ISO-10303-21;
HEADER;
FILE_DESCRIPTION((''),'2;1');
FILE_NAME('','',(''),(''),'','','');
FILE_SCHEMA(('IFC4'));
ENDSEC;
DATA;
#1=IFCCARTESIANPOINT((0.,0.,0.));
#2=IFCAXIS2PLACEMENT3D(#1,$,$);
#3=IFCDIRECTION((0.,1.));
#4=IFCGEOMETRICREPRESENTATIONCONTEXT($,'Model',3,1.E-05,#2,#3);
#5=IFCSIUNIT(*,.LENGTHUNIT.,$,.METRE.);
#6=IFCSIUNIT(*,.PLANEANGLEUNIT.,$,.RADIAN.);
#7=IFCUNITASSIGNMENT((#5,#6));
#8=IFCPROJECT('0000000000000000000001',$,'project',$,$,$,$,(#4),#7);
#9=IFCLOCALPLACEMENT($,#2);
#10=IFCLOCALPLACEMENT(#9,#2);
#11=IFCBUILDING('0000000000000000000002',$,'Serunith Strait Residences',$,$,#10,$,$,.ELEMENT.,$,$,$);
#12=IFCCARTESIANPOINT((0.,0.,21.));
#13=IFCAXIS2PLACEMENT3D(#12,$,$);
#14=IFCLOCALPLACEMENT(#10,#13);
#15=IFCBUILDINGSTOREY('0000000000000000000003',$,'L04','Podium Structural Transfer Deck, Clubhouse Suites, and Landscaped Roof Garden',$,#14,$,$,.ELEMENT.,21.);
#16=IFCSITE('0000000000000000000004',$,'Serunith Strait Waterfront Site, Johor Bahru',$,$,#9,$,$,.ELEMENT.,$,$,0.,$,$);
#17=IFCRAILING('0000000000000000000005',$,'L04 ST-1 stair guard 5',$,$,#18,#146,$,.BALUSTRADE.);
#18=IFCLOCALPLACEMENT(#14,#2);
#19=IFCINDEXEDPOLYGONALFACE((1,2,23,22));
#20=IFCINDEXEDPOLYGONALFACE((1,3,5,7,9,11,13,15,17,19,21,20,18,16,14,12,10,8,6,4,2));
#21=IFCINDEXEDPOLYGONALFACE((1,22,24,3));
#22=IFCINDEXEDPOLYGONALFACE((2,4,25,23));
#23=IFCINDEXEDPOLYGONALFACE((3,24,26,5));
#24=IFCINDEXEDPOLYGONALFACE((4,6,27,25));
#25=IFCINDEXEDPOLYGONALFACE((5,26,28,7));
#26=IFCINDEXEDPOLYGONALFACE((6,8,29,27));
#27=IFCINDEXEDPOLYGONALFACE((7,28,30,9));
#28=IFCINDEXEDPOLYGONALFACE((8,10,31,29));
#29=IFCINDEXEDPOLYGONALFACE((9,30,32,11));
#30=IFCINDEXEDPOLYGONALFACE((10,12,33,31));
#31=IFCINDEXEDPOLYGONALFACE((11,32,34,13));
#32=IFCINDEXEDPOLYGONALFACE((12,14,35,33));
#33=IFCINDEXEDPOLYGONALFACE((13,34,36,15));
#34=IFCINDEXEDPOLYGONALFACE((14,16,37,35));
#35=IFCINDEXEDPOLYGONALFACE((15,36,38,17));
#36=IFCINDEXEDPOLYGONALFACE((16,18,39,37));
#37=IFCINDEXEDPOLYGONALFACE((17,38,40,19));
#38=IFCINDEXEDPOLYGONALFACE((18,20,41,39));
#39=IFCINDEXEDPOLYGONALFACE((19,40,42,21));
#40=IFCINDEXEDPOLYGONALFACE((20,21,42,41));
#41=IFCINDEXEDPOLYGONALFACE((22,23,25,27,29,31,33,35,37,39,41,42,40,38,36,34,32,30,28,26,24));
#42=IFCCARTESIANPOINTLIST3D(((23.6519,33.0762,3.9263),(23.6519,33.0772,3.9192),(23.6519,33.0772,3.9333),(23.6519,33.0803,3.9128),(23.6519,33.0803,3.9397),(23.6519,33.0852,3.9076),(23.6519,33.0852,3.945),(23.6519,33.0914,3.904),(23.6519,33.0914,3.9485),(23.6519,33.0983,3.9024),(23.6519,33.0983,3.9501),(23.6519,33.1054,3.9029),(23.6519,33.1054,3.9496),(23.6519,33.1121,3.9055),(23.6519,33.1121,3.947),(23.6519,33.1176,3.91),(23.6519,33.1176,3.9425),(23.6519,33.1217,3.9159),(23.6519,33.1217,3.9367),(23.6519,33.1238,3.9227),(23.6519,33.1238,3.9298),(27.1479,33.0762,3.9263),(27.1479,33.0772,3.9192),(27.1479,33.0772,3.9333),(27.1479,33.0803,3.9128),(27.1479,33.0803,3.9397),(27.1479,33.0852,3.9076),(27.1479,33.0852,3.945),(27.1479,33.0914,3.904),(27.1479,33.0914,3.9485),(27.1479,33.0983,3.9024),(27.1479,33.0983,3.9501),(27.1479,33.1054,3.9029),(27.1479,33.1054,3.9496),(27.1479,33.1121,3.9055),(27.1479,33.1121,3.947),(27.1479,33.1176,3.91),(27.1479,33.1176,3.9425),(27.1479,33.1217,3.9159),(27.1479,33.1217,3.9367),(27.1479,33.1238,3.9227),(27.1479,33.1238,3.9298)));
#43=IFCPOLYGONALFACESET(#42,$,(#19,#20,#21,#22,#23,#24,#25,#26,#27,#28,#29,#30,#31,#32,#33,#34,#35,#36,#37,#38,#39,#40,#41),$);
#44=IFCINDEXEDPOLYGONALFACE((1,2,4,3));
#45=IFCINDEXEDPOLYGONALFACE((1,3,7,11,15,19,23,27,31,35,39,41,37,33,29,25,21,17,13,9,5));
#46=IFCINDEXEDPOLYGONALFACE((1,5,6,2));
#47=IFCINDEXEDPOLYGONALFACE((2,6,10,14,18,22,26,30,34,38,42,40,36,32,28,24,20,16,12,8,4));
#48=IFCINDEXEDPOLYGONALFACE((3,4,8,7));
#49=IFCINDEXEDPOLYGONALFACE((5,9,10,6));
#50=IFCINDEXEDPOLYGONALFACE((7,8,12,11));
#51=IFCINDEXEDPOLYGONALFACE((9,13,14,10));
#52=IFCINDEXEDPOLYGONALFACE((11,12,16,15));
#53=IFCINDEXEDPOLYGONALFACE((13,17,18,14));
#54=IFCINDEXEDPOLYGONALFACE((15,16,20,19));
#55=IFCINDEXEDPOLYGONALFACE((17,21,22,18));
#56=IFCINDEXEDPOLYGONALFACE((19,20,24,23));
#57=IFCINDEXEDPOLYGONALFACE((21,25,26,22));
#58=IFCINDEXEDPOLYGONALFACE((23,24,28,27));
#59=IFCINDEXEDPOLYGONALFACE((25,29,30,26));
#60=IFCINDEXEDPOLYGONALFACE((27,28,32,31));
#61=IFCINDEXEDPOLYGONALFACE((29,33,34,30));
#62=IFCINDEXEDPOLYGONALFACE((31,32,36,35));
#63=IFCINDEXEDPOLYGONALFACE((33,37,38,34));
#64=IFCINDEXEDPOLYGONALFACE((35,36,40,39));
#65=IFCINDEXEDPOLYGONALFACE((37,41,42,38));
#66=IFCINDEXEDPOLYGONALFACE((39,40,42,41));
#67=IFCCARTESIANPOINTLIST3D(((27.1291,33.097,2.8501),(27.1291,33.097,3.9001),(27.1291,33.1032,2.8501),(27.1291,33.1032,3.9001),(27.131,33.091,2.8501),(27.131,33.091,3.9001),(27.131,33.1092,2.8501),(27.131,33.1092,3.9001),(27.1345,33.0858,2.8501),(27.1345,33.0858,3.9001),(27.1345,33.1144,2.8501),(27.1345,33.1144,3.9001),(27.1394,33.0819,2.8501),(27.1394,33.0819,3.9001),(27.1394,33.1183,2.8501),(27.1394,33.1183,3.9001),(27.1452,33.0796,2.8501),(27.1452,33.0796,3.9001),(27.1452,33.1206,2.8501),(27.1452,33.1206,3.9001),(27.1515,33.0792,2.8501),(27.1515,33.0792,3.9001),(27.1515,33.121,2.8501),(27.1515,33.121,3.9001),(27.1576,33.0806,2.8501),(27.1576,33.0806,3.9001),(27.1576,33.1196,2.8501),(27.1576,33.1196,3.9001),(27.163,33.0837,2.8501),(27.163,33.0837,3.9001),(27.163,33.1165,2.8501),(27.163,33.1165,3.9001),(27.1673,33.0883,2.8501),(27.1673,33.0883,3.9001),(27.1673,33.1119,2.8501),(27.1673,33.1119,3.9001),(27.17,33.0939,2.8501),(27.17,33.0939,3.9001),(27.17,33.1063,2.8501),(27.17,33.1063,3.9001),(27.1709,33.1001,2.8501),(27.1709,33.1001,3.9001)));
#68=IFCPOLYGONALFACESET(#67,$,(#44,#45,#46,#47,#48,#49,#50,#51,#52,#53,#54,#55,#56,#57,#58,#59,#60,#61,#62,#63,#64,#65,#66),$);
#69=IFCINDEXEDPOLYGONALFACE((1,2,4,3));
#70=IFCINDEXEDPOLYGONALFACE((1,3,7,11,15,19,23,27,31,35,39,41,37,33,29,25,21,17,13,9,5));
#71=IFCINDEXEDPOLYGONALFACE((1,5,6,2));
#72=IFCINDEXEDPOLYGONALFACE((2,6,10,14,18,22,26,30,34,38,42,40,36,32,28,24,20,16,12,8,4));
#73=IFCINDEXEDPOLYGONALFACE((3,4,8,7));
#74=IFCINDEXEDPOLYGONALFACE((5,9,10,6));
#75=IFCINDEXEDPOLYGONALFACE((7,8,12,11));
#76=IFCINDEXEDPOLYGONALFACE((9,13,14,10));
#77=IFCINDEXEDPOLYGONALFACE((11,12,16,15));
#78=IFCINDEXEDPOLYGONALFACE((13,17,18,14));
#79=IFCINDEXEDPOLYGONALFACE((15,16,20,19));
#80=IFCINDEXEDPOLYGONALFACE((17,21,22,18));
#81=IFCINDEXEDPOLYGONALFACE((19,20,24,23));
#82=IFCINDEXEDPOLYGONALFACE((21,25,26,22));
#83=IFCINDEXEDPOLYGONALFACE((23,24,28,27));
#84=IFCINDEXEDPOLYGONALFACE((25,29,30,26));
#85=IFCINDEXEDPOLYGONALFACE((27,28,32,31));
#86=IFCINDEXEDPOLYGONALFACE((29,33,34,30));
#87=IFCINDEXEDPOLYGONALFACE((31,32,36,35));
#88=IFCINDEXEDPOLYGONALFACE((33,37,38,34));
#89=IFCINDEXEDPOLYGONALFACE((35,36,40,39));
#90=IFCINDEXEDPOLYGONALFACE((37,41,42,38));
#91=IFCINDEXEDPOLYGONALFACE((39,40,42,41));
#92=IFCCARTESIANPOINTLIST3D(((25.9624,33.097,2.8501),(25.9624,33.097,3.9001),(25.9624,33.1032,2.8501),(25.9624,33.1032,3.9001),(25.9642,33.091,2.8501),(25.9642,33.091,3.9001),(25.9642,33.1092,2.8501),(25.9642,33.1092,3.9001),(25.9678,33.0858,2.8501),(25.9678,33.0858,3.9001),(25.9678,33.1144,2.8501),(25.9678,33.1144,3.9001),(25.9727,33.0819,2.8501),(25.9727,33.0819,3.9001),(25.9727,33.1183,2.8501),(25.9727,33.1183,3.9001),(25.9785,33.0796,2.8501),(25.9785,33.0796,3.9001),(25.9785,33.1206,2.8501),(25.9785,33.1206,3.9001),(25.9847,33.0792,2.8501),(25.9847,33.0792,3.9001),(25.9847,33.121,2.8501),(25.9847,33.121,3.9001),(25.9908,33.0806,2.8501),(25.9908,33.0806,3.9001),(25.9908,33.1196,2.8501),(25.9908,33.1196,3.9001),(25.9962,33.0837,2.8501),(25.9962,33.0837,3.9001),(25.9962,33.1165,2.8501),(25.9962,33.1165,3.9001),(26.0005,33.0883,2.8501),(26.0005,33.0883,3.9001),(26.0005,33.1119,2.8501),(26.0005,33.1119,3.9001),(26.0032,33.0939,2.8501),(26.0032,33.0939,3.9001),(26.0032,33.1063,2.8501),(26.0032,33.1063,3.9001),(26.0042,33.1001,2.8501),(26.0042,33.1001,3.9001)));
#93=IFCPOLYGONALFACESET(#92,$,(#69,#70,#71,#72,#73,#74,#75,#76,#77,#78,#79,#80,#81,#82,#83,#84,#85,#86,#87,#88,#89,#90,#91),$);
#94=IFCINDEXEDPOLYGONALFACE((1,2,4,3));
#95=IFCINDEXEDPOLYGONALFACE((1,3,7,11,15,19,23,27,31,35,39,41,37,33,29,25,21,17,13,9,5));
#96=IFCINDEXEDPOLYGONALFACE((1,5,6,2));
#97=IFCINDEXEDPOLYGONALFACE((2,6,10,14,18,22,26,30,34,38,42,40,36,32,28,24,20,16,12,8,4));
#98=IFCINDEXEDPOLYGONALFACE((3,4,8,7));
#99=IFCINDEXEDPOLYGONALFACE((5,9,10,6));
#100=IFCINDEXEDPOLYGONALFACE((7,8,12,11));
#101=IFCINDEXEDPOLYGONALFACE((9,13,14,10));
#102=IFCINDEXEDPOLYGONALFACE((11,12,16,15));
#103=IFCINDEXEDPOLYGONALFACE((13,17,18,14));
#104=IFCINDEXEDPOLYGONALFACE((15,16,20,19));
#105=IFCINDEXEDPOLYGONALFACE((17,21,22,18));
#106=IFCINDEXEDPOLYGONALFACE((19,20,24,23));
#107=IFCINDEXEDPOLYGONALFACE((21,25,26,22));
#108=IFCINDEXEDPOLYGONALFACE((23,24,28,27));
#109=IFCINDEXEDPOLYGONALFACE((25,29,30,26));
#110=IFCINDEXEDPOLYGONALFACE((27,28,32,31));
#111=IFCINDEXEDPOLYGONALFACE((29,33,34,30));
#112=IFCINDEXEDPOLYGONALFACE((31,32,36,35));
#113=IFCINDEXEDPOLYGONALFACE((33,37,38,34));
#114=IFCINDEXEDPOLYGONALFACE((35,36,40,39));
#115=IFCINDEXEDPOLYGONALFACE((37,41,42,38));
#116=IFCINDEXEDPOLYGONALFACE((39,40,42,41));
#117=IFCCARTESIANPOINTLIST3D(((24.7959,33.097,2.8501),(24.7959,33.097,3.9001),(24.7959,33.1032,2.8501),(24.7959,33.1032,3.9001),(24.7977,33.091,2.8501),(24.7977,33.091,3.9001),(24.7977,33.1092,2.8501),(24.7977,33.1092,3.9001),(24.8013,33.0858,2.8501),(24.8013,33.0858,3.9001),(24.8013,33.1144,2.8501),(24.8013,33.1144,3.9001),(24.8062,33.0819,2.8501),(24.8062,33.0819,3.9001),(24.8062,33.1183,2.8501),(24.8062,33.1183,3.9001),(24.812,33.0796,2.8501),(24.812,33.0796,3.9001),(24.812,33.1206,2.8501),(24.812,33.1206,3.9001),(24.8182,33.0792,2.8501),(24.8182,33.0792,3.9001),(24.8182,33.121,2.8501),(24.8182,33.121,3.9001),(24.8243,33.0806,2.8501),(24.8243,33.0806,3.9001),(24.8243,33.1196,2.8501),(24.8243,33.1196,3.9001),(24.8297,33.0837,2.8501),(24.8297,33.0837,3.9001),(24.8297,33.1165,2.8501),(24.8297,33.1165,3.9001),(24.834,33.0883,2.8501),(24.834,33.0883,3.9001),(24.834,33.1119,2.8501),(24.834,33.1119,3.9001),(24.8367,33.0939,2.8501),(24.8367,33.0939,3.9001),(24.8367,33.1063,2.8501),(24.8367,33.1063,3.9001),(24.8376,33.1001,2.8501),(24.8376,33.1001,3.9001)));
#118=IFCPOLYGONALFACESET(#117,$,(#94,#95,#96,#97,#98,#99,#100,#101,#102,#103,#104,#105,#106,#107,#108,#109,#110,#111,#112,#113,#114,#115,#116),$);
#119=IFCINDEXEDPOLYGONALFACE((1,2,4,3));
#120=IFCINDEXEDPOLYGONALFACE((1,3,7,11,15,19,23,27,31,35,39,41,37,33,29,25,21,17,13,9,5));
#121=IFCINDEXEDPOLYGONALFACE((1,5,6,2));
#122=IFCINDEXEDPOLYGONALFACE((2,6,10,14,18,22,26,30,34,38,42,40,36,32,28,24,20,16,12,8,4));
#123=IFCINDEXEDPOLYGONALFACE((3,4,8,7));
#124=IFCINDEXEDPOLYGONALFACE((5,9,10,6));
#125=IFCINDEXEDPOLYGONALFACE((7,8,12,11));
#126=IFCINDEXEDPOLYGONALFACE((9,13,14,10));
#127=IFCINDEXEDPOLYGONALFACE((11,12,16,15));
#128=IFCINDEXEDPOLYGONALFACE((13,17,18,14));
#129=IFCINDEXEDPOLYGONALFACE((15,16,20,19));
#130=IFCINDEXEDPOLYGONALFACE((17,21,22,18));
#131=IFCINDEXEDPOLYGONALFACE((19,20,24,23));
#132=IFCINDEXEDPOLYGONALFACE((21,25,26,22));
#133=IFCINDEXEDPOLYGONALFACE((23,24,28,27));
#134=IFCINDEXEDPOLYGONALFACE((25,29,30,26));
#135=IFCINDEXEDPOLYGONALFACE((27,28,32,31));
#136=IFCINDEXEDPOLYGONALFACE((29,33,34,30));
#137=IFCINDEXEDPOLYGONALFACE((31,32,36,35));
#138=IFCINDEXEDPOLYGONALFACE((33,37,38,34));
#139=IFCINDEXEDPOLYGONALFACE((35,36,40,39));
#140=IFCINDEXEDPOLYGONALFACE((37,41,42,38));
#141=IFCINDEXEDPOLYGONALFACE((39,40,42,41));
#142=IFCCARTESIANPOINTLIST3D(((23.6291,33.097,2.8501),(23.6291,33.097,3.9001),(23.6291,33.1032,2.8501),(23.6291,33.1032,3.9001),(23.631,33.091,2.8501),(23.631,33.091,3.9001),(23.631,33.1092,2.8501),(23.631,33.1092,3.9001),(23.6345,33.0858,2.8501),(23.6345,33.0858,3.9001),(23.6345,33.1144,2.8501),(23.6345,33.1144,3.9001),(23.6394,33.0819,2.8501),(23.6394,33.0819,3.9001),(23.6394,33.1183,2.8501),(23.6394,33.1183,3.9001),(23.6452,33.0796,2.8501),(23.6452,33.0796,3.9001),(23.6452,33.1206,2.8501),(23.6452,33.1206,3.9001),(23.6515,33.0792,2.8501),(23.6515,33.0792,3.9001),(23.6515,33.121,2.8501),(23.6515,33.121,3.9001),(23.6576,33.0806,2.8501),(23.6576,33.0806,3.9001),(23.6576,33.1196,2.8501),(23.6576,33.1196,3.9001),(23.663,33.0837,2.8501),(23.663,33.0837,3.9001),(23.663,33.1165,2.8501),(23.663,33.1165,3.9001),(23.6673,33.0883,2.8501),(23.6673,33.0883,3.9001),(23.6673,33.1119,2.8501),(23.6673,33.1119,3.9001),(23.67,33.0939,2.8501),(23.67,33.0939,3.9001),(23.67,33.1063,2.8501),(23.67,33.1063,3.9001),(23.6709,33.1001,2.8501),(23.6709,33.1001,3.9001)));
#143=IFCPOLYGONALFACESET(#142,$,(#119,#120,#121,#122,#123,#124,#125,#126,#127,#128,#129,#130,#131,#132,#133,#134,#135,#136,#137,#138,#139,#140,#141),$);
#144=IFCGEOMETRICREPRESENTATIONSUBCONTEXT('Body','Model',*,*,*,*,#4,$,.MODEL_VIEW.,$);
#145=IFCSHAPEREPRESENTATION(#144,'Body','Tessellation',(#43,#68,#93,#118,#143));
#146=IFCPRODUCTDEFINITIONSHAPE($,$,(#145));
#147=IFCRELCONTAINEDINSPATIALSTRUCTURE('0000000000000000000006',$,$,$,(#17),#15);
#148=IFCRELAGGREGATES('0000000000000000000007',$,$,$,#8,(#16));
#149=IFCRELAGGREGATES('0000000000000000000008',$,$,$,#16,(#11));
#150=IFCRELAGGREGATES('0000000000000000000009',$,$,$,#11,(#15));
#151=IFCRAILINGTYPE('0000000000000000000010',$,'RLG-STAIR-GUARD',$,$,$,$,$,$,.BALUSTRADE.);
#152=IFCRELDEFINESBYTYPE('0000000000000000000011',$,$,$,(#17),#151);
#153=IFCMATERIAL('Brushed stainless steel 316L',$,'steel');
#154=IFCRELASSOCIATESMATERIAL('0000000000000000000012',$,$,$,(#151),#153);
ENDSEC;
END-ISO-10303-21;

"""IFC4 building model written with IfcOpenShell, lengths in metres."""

from ifc_helpers import new_model, si_unit, direction, frame, origin, origin_2d, place, context, subcontext, project, spatial, circle, extrude, material, type_object, element, save


model = new_model("IFC4")

# Units and contexts
model_context = context("Model", 3, precision=1e-05, world=origin(), true_north=direction((0.0, 1.0)))
body_context = subcontext(model_context, "Body", "Model", "MODEL_VIEW")
ifc_project = project(units=[si_unit("LENGTHUNIT", "METRE"), si_unit("PLANEANGLEUNIT", "RADIAN")], contexts=[model_context])

# Site, building, storey
site_placement = place(None, origin())
site = spatial("IfcSite", under=ifc_project, at=site_placement, Name="Serunith Strait Waterfront Site, Johor Bahru", CompositionType="ELEMENT", RefElevation=0.0)
building_placement = place(site_placement, origin())
building = spatial("IfcBuilding", under=site, at=building_placement, Name="Serunith Strait Residences", CompositionType="ELEMENT")
storey_placement = place(building_placement, frame((0.0, 0.0, 21.0)))
storey = spatial("IfcBuildingStorey", under=building, at=storey_placement, Name="L04", Description="Podium Structural Transfer Deck, Clubhouse Suites, and Landscaped Roof Garden", CompositionType="ELEMENT", Elevation=21.0)

# Railing
ifc_material_1 = material(Name="Brushed stainless steel 316L", Category="steel")
railing_type_1 = type_object("IfcRailingType", Name="RLG-STAIR-GUARD", PredefinedType="BALUSTRADE", material=ifc_material_1)
railing_1_placement = place(storey_placement, frame((27.1499, 33.1001, 2.8501)))
element("IfcRailing", 1, at=railing_1_placement, inside=storey, type_object=railing_type_1, Name="L04 ST-1 stair guard 5", PredefinedType="BALUSTRADE", context=body_context, shape_type="SweptSolid", body=[
    extrude(circle(Radius=0.0239, at=origin_2d()), frame((-0.002, 0.0, 1.0762), z_axis=(-1.0, 0.0, 0.0), x_axis=(0.0, -1.0, 0.0)), (0.0, 0.0, 1.0), 3.4961),
    extrude(circle(Radius=0.021, at=origin_2d()), origin(), (0.0, 0.0, 1.0), 1.05),
    extrude(circle(Radius=0.021, at=origin_2d()), frame((-1.1667, 0.0, 0.0)), (0.0, 0.0, 1.0), 1.05),
    extrude(circle(Radius=0.021, at=origin_2d()), frame((-2.3333, 0.0, 0.0)), (0.0, 0.0, 1.0), 1.05),
    extrude(circle(Radius=0.021, at=origin_2d()), frame((-3.5, 0.0, 0.0)), (0.0, 0.0, 1.0), 1.05),
])

save(model, "model.ifc")
